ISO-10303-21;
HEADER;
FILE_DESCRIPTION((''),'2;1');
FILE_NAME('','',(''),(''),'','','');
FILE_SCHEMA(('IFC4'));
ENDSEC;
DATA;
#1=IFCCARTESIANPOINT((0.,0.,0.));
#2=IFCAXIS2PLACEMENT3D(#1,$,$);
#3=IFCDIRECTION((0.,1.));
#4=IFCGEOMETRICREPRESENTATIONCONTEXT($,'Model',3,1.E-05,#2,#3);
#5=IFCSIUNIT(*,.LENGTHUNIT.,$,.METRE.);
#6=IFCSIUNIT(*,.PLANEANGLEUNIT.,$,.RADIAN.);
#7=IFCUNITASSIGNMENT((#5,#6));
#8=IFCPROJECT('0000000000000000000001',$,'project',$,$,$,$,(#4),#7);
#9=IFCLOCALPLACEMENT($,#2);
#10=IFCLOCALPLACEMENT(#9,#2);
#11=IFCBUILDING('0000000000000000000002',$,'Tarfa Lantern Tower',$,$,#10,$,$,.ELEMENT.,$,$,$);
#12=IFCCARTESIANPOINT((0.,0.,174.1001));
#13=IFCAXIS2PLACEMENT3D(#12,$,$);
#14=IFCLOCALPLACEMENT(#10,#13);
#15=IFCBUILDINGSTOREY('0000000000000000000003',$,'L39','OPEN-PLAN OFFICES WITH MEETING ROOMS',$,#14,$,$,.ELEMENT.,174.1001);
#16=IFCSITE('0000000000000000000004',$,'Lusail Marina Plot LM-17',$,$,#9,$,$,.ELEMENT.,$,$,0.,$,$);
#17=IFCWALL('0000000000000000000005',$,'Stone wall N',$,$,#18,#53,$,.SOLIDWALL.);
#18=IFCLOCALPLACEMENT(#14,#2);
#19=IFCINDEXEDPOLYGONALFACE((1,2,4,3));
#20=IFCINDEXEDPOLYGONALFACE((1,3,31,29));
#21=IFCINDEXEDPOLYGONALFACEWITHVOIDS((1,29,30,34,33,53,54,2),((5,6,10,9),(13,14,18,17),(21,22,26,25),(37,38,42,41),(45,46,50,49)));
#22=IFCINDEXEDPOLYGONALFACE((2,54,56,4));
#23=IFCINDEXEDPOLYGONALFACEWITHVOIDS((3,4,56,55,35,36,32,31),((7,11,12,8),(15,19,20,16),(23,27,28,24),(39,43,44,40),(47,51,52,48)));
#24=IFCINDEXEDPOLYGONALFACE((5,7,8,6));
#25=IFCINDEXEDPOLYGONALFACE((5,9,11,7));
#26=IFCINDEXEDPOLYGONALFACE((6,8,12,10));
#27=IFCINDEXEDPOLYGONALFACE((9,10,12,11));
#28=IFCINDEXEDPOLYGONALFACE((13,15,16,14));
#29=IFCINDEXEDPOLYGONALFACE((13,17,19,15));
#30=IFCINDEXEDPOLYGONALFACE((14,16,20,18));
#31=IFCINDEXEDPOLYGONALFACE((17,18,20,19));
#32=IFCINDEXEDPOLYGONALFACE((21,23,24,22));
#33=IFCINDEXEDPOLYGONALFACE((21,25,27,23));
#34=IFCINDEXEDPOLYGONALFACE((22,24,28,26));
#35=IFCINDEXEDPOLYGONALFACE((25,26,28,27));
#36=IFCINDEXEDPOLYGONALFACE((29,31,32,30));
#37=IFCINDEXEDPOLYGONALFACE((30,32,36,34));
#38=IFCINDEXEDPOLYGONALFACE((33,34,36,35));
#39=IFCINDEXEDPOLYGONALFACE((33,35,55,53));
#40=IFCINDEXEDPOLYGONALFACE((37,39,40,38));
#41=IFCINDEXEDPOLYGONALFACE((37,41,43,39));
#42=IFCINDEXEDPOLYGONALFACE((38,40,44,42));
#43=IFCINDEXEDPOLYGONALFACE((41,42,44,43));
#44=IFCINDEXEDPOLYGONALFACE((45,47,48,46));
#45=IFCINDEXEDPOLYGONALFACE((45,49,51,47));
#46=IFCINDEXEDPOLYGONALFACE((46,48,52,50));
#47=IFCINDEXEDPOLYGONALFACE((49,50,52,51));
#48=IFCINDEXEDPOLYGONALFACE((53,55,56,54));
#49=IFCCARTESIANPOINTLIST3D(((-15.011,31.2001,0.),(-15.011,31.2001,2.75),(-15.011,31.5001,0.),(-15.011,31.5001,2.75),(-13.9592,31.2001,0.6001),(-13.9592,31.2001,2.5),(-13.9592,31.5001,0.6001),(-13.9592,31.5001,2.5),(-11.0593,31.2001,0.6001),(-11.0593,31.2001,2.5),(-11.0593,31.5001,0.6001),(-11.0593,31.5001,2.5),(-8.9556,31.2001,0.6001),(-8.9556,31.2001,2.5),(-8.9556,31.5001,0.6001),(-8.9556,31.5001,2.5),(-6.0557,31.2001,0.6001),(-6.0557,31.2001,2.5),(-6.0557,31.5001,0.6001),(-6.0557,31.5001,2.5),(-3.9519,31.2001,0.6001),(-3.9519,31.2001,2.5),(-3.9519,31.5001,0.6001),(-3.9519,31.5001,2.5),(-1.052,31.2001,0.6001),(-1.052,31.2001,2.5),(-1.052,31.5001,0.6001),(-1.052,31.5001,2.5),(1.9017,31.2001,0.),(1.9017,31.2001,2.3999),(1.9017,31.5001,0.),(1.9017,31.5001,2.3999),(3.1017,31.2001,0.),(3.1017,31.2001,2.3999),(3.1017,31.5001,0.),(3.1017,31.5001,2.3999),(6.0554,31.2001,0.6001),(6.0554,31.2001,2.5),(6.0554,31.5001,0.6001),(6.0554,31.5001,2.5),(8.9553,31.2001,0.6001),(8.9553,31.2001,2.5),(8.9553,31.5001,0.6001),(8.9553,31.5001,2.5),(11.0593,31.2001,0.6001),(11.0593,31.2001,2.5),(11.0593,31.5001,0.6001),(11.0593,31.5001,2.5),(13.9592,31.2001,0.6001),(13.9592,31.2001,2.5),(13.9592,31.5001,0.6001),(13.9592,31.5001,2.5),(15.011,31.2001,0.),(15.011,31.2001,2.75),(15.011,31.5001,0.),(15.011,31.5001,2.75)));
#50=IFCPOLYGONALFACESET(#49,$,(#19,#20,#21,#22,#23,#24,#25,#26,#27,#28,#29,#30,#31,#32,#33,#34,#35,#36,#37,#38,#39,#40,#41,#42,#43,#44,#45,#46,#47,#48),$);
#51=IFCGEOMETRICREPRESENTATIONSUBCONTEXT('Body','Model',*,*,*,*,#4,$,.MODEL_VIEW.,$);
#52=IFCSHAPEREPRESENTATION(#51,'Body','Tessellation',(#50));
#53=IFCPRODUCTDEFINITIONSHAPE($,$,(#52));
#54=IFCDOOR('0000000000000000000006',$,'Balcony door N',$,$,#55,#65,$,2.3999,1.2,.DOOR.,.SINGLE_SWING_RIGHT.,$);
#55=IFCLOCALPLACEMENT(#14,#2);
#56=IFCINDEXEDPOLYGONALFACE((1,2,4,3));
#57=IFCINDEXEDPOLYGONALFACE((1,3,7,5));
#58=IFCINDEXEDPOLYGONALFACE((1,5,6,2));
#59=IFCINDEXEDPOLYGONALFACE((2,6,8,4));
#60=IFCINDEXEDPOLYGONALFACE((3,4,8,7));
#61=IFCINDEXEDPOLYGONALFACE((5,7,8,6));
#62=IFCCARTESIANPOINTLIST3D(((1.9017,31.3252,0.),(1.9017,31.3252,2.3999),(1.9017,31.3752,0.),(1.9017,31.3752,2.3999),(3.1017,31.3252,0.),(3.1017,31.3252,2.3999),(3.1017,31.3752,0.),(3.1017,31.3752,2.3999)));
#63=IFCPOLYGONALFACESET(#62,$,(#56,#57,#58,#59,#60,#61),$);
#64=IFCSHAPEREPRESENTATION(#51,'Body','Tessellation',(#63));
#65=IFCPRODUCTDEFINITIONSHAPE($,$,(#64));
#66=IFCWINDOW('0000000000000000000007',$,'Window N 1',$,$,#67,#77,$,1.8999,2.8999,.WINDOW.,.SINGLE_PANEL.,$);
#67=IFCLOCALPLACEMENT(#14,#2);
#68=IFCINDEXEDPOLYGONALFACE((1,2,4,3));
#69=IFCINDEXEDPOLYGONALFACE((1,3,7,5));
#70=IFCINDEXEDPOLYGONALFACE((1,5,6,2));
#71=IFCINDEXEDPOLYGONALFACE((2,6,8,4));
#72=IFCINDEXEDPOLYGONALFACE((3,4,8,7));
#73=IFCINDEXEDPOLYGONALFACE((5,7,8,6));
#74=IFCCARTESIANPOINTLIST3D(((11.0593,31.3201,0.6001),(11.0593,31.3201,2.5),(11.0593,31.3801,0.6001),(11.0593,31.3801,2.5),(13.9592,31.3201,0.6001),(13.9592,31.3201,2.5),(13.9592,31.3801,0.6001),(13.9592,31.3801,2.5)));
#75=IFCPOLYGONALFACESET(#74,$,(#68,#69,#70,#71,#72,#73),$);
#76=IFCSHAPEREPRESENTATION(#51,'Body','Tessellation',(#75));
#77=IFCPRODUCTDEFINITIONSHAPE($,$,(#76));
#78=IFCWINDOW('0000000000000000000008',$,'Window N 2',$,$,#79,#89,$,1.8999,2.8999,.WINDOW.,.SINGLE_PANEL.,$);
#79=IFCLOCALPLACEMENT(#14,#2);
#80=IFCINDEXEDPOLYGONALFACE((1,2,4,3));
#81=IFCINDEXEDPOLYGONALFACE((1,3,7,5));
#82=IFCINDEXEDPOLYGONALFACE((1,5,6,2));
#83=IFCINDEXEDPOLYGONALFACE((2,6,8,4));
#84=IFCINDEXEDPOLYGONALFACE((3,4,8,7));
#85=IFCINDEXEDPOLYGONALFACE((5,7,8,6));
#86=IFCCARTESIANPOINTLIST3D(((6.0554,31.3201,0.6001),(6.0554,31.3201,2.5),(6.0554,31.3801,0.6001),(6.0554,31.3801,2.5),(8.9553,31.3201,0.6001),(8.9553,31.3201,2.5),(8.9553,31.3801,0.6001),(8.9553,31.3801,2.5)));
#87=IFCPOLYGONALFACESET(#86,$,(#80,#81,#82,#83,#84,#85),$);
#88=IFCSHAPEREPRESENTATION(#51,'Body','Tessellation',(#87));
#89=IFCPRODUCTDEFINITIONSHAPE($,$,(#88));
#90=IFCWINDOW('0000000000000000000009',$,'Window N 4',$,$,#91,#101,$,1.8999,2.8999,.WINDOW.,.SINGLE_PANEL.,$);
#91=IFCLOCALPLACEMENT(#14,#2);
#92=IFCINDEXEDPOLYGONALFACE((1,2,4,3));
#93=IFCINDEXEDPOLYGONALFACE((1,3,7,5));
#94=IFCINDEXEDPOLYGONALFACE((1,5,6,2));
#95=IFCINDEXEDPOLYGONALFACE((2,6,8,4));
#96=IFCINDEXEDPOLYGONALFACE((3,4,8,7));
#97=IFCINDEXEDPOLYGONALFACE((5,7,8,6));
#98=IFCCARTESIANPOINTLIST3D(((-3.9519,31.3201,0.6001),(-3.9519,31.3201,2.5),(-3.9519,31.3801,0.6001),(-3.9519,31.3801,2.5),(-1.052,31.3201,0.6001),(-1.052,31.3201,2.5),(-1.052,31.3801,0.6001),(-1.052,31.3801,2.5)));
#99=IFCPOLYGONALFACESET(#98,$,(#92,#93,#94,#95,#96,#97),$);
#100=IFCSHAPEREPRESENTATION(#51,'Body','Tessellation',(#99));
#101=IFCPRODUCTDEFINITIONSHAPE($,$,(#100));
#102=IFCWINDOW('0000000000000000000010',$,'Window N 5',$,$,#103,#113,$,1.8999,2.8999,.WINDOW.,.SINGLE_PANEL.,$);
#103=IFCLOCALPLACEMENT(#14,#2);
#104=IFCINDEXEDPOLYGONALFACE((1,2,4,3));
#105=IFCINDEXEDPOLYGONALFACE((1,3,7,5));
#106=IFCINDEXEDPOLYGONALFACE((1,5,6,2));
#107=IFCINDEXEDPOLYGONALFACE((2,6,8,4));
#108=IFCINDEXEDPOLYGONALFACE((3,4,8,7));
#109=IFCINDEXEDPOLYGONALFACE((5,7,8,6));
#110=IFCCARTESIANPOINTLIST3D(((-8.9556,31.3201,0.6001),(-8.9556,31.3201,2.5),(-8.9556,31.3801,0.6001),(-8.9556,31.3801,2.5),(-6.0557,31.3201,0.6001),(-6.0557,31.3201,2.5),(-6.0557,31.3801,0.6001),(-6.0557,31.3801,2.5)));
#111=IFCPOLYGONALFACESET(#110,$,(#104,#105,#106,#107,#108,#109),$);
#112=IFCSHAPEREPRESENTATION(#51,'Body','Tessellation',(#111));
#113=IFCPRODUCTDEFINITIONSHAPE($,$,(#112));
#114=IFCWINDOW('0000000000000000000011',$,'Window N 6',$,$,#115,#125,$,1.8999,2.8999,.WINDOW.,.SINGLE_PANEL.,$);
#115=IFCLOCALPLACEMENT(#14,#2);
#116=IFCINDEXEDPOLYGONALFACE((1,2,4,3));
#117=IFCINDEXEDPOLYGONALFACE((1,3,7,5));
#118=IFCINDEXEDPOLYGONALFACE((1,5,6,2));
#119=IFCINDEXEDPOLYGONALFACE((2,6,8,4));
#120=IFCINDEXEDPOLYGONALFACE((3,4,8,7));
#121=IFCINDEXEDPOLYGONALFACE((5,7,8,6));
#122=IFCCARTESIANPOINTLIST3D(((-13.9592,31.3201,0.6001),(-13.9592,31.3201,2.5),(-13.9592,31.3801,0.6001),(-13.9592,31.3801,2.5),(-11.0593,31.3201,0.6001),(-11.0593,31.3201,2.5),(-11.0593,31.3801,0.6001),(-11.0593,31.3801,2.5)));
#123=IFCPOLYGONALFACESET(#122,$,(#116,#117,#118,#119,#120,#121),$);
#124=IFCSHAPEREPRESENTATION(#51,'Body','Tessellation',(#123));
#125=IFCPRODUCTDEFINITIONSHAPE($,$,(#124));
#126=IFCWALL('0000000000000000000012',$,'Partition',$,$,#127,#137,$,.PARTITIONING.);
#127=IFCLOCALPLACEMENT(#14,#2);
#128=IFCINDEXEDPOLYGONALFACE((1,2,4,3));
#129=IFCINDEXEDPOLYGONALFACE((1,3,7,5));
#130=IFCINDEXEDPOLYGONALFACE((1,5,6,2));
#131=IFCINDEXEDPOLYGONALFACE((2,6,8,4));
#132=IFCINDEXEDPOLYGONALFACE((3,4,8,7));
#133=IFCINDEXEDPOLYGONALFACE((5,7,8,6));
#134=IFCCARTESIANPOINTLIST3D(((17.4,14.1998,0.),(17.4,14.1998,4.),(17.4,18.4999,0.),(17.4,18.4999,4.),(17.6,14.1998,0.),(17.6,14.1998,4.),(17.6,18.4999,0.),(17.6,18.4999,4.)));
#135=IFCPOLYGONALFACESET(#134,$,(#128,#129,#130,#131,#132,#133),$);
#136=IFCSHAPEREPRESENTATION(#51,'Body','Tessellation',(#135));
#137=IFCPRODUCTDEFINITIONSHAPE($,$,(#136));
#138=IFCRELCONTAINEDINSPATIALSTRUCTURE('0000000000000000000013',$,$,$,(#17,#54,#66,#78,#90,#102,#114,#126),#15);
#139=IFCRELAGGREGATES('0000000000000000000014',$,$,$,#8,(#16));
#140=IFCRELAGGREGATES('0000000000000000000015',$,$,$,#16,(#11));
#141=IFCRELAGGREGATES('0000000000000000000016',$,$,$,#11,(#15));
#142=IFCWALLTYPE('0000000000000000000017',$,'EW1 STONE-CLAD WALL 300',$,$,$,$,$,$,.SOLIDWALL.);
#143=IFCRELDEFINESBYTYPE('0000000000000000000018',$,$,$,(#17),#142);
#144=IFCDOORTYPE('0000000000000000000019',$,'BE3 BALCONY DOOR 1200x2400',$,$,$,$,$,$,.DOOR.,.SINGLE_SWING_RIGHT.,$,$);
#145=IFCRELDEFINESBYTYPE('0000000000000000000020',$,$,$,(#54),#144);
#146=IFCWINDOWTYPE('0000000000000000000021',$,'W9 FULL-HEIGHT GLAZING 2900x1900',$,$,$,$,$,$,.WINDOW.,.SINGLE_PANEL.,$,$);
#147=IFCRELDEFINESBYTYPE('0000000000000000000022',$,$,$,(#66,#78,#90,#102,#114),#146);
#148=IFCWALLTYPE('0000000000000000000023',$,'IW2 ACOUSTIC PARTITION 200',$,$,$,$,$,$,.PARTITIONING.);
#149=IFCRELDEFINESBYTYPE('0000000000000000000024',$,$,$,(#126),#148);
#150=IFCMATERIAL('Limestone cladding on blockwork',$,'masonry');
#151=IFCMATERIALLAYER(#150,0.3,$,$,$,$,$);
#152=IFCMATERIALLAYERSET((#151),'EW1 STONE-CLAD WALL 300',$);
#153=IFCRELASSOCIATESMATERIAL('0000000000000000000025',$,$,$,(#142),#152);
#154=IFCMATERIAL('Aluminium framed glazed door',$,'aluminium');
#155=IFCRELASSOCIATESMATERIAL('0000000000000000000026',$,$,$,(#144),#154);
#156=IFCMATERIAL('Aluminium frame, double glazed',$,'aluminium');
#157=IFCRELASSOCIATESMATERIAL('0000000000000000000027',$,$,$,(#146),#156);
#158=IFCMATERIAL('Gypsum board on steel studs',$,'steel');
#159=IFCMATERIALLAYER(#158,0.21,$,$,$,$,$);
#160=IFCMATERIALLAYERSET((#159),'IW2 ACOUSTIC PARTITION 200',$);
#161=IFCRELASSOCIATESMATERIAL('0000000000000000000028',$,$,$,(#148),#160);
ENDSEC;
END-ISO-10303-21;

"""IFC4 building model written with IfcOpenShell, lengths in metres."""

from ifc_helpers import new_model, si_unit, direction, frame, frame_2d, origin, place, context, subcontext, project, spatial, rectangle, extrude, material, layer, layer_set, type_object, element, fill, save


model = new_model("IFC4")

# Units and contexts
model_context = context("Model", 3, precision=1e-05, world=origin(), true_north=direction((0.0, 1.0)))
body_context = subcontext(model_context, "Body", "Model", "MODEL_VIEW")
ifc_project = project(units=[si_unit("LENGTHUNIT", "METRE"), si_unit("PLANEANGLEUNIT", "RADIAN")], contexts=[model_context])

# Site, building, storey
site_placement = place(None, origin())
site = spatial("IfcSite", under=ifc_project, at=site_placement, Name="Lusail Marina Plot LM-17", CompositionType="ELEMENT", RefElevation=0.0)
building_placement = place(site_placement, origin())
building = spatial("IfcBuilding", under=site, at=building_placement, Name="Tarfa Lantern Tower", CompositionType="ELEMENT")
storey_placement = place(building_placement, frame((0.0, 0.0, 174.1001)))
storey = spatial("IfcBuildingStorey", under=building, at=storey_placement, Name="L39", Description="OPEN-PLAN OFFICES WITH MEETING ROOMS", CompositionType="ELEMENT", Elevation=174.1001)

# Wall, openings, door, windows
ifc_material_1 = material(Name="Limestone cladding on blockwork", Category="masonry")
ifc_layer_1 = layer(ifc_material_1, 0.3)
ifc_layer_set_1 = layer_set([ifc_layer_1], Name="EW1 STONE-CLAD WALL 300")
wall_type_1 = type_object("IfcWallType", Name="EW1 STONE-CLAD WALL 300", PredefinedType="SOLIDWALL", material=ifc_layer_set_1)
wall_1_placement = place(storey_placement, frame((15.011, 31.3501, 0.0), z_axis=(0.0, 0.0, 1.0), x_axis=(-1.0, 0.0, 0.0)))
wall_1 = element("IfcWall", 1, at=wall_1_placement, inside=storey, type_object=wall_type_1, Name="Stone wall N", PredefinedType="SOLIDWALL", context=body_context, shape_type="SweptSolid", body=[
    extrude(rectangle(XDim=30.022, YDim=0.3, at=frame_2d((15.011, 0.0))), origin(), (0.0, 0.0, 1.0), 2.75),
])
opening_1_placement = place(wall_1_placement, frame((1.0518, 0.0, 0.6001)))
opening_1 = element("IfcOpeningElement", 2, at=opening_1_placement, cuts=wall_1, PredefinedType="OPENING", context=body_context, shape_type="SweptSolid", body=[
    extrude(rectangle(XDim=2.8999, YDim=1.8999, at=frame_2d((1.45, 0.95))), frame((0.0, 0.1599, 0.0), z_axis=(0.0, -1.0, 0.0), x_axis=(1.0, 0.0, 0.0)), (0.0, 0.0, 1.0), 0.3201),
])
opening_2_placement = place(wall_1_placement, frame((6.0557, 0.0, 0.6001)))
opening_2 = element("IfcOpeningElement", 3, at=opening_2_placement, cuts=wall_1, PredefinedType="OPENING", context=body_context, shape_type="SweptSolid", body=[
    extrude(rectangle(XDim=2.8999, YDim=1.8999, at=frame_2d((1.45, 0.95))), frame((0.0, 0.1599, 0.0), z_axis=(0.0, -1.0, 0.0), x_axis=(1.0, 0.0, 0.0)), (0.0, 0.0, 1.0), 0.3201),
])
opening_3_placement = place(wall_1_placement, frame((11.9092, 0.0, 0.0)))
opening_3 = element("IfcOpeningElement", 4, at=opening_3_placement, cuts=wall_1, PredefinedType="OPENING", context=body_context, shape_type="SweptSolid", body=[
    extrude(rectangle(XDim=1.2, YDim=2.3999, at=frame_2d((0.6001, 1.2))), frame((0.0, 0.1599, 0.0), z_axis=(0.0, -1.0, 0.0), x_axis=(1.0, 0.0, 0.0)), (0.0, 0.0, 1.0), 0.3201),
])
opening_4_placement = place(wall_1_placement, frame((16.063, 0.0, 0.6001)))
opening_4 = element("IfcOpeningElement", 5, at=opening_4_placement, cuts=wall_1, PredefinedType="OPENING", context=body_context, shape_type="SweptSolid", body=[
    extrude(rectangle(XDim=2.8999, YDim=1.8999, at=frame_2d((1.45, 0.95))), frame((0.0, 0.1599, 0.0), z_axis=(0.0, -1.0, 0.0), x_axis=(1.0, 0.0, 0.0)), (0.0, 0.0, 1.0), 0.3201),
])
opening_5_placement = place(wall_1_placement, frame((21.0667, 0.0, 0.6001)))
opening_5 = element("IfcOpeningElement", 6, at=opening_5_placement, cuts=wall_1, PredefinedType="OPENING", context=body_context, shape_type="SweptSolid", body=[
    extrude(rectangle(XDim=2.8999, YDim=1.8999, at=frame_2d((1.45, 0.95))), frame((0.0, 0.1599, 0.0), z_axis=(0.0, -1.0, 0.0), x_axis=(1.0, 0.0, 0.0)), (0.0, 0.0, 1.0), 0.3201),
])
opening_6_placement = place(wall_1_placement, frame((26.0703, 0.0, 0.6001)))
opening_6 = element("IfcOpeningElement", 7, at=opening_6_placement, cuts=wall_1, PredefinedType="OPENING", context=body_context, shape_type="SweptSolid", body=[
    extrude(rectangle(XDim=2.8999, YDim=1.8999, at=frame_2d((1.45, 0.95))), frame((0.0, 0.1599, 0.0), z_axis=(0.0, -1.0, 0.0), x_axis=(1.0, 0.0, 0.0)), (0.0, 0.0, 1.0), 0.3201),
])
ifc_material_2 = material(Name="Aluminium framed glazed door", Category="aluminium")
door_type = type_object("IfcDoorType", Name="BE3 BALCONY DOOR 1200x2400", OperationType="SINGLE_SWING_RIGHT", PredefinedType="DOOR", material=ifc_material_2)
door_placement = place(opening_3_placement, origin())
door = element("IfcDoor", 8, at=door_placement, inside=storey, type_object=door_type, Name="Balcony door N", OperationType="SINGLE_SWING_RIGHT", OverallHeight=2.3999, OverallWidth=1.2, PredefinedType="DOOR", context=body_context, shape_type="SweptSolid", body=[
    extrude(rectangle(XDim=1.2, YDim=2.3999, at=frame_2d((0.6001, 1.2))), frame((0.0, 0.0249, 0.0), z_axis=(0.0, -1.0, 0.0), x_axis=(1.0, 0.0, 0.0)), (0.0, 0.0, 1.0), 0.05),
])
fill(opening_3, door)
ifc_material_3 = material(Name="Aluminium frame, double glazed", Category="aluminium")
window_type = type_object("IfcWindowType", Name="W9 FULL-HEIGHT GLAZING 2900x1900", PartitioningType="SINGLE_PANEL", PredefinedType="WINDOW", material=ifc_material_3)
window_1_placement = place(opening_1_placement, origin())
window_1 = element("IfcWindow", 9, at=window_1_placement, inside=storey, type_object=window_type, Name="Window N 1", OverallHeight=1.8999, OverallWidth=2.8999, PartitioningType="SINGLE_PANEL", PredefinedType="WINDOW", context=body_context, shape_type="SweptSolid", body=[
    extrude(rectangle(XDim=2.8999, YDim=1.8999, at=frame_2d((1.45, 0.95))), frame((0.0, 0.03, 0.0), z_axis=(0.0, -1.0, 0.0), x_axis=(1.0, 0.0, 0.0)), (0.0, 0.0, 1.0), 0.0601),
])
fill(opening_1, window_1)
window_2_placement = place(opening_2_placement, origin())
window_2 = element("IfcWindow", 10, at=window_2_placement, inside=storey, type_object=window_type, Name="Window N 2", OverallHeight=1.8999, OverallWidth=2.8999, PartitioningType="SINGLE_PANEL", PredefinedType="WINDOW", context=body_context, shape_type="SweptSolid", body=[
    extrude(rectangle(XDim=2.8999, YDim=1.8999, at=frame_2d((1.45, 0.95))), frame((0.0, 0.03, 0.0), z_axis=(0.0, -1.0, 0.0), x_axis=(1.0, 0.0, 0.0)), (0.0, 0.0, 1.0), 0.0601),
])
fill(opening_2, window_2)
window_3_placement = place(opening_4_placement, origin())
window_3 = element("IfcWindow", 11, at=window_3_placement, inside=storey, type_object=window_type, Name="Window N 4", OverallHeight=1.8999, OverallWidth=2.8999, PartitioningType="SINGLE_PANEL", PredefinedType="WINDOW", context=body_context, shape_type="SweptSolid", body=[
    extrude(rectangle(XDim=2.8999, YDim=1.8999, at=frame_2d((1.45, 0.95))), frame((0.0, 0.03, 0.0), z_axis=(0.0, -1.0, 0.0), x_axis=(1.0, 0.0, 0.0)), (0.0, 0.0, 1.0), 0.0601),
])
fill(opening_4, window_3)
window_4_placement = place(opening_5_placement, origin())
window_4 = element("IfcWindow", 12, at=window_4_placement, inside=storey, type_object=window_type, Name="Window N 5", OverallHeight=1.8999, OverallWidth=2.8999, PartitioningType="SINGLE_PANEL", PredefinedType="WINDOW", context=body_context, shape_type="SweptSolid", body=[
    extrude(rectangle(XDim=2.8999, YDim=1.8999, at=frame_2d((1.45, 0.95))), frame((0.0, 0.03, 0.0), z_axis=(0.0, -1.0, 0.0), x_axis=(1.0, 0.0, 0.0)), (0.0, 0.0, 1.0), 0.0601),
])
fill(opening_5, window_4)
window_5_placement = place(opening_6_placement, origin())
window_5 = element("IfcWindow", 13, at=window_5_placement, inside=storey, type_object=window_type, Name="Window N 6", OverallHeight=1.8999, OverallWidth=2.8999, PartitioningType="SINGLE_PANEL", PredefinedType="WINDOW", context=body_context, shape_type="SweptSolid", body=[
    extrude(rectangle(XDim=2.8999, YDim=1.8999, at=frame_2d((1.45, 0.95))), frame((0.0, 0.03, 0.0), z_axis=(0.0, -1.0, 0.0), x_axis=(1.0, 0.0, 0.0)), (0.0, 0.0, 1.0), 0.0601),
])
fill(opening_6, window_5)

# Wall
ifc_material_4 = material(Name="Gypsum board on steel studs", Category="steel")
ifc_layer_2 = layer(ifc_material_4, 0.21)
ifc_layer_set_2 = layer_set([ifc_layer_2], Name="IW2 ACOUSTIC PARTITION 200")
wall_type_2 = type_object("IfcWallType", Name="IW2 ACOUSTIC PARTITION 200", PredefinedType="PARTITIONING", material=ifc_layer_set_2)
wall_2_placement = place(storey_placement, frame((17.5, 14.2, 0.0), z_axis=(0.0, 0.0, 1.0), x_axis=(0.0, 1.0, 0.0)))
element("IfcWall", 14, at=wall_2_placement, inside=storey, type_object=wall_type_2, Name="Partition", PredefinedType="PARTITIONING", context=body_context, shape_type="SweptSolid", body=[
    extrude(rectangle(XDim=4.3, YDim=0.2, at=frame_2d((2.1499, 0.0))), origin(), (0.0, 0.0, 1.0), 4.0),
])

save(model, "model.ifc")
